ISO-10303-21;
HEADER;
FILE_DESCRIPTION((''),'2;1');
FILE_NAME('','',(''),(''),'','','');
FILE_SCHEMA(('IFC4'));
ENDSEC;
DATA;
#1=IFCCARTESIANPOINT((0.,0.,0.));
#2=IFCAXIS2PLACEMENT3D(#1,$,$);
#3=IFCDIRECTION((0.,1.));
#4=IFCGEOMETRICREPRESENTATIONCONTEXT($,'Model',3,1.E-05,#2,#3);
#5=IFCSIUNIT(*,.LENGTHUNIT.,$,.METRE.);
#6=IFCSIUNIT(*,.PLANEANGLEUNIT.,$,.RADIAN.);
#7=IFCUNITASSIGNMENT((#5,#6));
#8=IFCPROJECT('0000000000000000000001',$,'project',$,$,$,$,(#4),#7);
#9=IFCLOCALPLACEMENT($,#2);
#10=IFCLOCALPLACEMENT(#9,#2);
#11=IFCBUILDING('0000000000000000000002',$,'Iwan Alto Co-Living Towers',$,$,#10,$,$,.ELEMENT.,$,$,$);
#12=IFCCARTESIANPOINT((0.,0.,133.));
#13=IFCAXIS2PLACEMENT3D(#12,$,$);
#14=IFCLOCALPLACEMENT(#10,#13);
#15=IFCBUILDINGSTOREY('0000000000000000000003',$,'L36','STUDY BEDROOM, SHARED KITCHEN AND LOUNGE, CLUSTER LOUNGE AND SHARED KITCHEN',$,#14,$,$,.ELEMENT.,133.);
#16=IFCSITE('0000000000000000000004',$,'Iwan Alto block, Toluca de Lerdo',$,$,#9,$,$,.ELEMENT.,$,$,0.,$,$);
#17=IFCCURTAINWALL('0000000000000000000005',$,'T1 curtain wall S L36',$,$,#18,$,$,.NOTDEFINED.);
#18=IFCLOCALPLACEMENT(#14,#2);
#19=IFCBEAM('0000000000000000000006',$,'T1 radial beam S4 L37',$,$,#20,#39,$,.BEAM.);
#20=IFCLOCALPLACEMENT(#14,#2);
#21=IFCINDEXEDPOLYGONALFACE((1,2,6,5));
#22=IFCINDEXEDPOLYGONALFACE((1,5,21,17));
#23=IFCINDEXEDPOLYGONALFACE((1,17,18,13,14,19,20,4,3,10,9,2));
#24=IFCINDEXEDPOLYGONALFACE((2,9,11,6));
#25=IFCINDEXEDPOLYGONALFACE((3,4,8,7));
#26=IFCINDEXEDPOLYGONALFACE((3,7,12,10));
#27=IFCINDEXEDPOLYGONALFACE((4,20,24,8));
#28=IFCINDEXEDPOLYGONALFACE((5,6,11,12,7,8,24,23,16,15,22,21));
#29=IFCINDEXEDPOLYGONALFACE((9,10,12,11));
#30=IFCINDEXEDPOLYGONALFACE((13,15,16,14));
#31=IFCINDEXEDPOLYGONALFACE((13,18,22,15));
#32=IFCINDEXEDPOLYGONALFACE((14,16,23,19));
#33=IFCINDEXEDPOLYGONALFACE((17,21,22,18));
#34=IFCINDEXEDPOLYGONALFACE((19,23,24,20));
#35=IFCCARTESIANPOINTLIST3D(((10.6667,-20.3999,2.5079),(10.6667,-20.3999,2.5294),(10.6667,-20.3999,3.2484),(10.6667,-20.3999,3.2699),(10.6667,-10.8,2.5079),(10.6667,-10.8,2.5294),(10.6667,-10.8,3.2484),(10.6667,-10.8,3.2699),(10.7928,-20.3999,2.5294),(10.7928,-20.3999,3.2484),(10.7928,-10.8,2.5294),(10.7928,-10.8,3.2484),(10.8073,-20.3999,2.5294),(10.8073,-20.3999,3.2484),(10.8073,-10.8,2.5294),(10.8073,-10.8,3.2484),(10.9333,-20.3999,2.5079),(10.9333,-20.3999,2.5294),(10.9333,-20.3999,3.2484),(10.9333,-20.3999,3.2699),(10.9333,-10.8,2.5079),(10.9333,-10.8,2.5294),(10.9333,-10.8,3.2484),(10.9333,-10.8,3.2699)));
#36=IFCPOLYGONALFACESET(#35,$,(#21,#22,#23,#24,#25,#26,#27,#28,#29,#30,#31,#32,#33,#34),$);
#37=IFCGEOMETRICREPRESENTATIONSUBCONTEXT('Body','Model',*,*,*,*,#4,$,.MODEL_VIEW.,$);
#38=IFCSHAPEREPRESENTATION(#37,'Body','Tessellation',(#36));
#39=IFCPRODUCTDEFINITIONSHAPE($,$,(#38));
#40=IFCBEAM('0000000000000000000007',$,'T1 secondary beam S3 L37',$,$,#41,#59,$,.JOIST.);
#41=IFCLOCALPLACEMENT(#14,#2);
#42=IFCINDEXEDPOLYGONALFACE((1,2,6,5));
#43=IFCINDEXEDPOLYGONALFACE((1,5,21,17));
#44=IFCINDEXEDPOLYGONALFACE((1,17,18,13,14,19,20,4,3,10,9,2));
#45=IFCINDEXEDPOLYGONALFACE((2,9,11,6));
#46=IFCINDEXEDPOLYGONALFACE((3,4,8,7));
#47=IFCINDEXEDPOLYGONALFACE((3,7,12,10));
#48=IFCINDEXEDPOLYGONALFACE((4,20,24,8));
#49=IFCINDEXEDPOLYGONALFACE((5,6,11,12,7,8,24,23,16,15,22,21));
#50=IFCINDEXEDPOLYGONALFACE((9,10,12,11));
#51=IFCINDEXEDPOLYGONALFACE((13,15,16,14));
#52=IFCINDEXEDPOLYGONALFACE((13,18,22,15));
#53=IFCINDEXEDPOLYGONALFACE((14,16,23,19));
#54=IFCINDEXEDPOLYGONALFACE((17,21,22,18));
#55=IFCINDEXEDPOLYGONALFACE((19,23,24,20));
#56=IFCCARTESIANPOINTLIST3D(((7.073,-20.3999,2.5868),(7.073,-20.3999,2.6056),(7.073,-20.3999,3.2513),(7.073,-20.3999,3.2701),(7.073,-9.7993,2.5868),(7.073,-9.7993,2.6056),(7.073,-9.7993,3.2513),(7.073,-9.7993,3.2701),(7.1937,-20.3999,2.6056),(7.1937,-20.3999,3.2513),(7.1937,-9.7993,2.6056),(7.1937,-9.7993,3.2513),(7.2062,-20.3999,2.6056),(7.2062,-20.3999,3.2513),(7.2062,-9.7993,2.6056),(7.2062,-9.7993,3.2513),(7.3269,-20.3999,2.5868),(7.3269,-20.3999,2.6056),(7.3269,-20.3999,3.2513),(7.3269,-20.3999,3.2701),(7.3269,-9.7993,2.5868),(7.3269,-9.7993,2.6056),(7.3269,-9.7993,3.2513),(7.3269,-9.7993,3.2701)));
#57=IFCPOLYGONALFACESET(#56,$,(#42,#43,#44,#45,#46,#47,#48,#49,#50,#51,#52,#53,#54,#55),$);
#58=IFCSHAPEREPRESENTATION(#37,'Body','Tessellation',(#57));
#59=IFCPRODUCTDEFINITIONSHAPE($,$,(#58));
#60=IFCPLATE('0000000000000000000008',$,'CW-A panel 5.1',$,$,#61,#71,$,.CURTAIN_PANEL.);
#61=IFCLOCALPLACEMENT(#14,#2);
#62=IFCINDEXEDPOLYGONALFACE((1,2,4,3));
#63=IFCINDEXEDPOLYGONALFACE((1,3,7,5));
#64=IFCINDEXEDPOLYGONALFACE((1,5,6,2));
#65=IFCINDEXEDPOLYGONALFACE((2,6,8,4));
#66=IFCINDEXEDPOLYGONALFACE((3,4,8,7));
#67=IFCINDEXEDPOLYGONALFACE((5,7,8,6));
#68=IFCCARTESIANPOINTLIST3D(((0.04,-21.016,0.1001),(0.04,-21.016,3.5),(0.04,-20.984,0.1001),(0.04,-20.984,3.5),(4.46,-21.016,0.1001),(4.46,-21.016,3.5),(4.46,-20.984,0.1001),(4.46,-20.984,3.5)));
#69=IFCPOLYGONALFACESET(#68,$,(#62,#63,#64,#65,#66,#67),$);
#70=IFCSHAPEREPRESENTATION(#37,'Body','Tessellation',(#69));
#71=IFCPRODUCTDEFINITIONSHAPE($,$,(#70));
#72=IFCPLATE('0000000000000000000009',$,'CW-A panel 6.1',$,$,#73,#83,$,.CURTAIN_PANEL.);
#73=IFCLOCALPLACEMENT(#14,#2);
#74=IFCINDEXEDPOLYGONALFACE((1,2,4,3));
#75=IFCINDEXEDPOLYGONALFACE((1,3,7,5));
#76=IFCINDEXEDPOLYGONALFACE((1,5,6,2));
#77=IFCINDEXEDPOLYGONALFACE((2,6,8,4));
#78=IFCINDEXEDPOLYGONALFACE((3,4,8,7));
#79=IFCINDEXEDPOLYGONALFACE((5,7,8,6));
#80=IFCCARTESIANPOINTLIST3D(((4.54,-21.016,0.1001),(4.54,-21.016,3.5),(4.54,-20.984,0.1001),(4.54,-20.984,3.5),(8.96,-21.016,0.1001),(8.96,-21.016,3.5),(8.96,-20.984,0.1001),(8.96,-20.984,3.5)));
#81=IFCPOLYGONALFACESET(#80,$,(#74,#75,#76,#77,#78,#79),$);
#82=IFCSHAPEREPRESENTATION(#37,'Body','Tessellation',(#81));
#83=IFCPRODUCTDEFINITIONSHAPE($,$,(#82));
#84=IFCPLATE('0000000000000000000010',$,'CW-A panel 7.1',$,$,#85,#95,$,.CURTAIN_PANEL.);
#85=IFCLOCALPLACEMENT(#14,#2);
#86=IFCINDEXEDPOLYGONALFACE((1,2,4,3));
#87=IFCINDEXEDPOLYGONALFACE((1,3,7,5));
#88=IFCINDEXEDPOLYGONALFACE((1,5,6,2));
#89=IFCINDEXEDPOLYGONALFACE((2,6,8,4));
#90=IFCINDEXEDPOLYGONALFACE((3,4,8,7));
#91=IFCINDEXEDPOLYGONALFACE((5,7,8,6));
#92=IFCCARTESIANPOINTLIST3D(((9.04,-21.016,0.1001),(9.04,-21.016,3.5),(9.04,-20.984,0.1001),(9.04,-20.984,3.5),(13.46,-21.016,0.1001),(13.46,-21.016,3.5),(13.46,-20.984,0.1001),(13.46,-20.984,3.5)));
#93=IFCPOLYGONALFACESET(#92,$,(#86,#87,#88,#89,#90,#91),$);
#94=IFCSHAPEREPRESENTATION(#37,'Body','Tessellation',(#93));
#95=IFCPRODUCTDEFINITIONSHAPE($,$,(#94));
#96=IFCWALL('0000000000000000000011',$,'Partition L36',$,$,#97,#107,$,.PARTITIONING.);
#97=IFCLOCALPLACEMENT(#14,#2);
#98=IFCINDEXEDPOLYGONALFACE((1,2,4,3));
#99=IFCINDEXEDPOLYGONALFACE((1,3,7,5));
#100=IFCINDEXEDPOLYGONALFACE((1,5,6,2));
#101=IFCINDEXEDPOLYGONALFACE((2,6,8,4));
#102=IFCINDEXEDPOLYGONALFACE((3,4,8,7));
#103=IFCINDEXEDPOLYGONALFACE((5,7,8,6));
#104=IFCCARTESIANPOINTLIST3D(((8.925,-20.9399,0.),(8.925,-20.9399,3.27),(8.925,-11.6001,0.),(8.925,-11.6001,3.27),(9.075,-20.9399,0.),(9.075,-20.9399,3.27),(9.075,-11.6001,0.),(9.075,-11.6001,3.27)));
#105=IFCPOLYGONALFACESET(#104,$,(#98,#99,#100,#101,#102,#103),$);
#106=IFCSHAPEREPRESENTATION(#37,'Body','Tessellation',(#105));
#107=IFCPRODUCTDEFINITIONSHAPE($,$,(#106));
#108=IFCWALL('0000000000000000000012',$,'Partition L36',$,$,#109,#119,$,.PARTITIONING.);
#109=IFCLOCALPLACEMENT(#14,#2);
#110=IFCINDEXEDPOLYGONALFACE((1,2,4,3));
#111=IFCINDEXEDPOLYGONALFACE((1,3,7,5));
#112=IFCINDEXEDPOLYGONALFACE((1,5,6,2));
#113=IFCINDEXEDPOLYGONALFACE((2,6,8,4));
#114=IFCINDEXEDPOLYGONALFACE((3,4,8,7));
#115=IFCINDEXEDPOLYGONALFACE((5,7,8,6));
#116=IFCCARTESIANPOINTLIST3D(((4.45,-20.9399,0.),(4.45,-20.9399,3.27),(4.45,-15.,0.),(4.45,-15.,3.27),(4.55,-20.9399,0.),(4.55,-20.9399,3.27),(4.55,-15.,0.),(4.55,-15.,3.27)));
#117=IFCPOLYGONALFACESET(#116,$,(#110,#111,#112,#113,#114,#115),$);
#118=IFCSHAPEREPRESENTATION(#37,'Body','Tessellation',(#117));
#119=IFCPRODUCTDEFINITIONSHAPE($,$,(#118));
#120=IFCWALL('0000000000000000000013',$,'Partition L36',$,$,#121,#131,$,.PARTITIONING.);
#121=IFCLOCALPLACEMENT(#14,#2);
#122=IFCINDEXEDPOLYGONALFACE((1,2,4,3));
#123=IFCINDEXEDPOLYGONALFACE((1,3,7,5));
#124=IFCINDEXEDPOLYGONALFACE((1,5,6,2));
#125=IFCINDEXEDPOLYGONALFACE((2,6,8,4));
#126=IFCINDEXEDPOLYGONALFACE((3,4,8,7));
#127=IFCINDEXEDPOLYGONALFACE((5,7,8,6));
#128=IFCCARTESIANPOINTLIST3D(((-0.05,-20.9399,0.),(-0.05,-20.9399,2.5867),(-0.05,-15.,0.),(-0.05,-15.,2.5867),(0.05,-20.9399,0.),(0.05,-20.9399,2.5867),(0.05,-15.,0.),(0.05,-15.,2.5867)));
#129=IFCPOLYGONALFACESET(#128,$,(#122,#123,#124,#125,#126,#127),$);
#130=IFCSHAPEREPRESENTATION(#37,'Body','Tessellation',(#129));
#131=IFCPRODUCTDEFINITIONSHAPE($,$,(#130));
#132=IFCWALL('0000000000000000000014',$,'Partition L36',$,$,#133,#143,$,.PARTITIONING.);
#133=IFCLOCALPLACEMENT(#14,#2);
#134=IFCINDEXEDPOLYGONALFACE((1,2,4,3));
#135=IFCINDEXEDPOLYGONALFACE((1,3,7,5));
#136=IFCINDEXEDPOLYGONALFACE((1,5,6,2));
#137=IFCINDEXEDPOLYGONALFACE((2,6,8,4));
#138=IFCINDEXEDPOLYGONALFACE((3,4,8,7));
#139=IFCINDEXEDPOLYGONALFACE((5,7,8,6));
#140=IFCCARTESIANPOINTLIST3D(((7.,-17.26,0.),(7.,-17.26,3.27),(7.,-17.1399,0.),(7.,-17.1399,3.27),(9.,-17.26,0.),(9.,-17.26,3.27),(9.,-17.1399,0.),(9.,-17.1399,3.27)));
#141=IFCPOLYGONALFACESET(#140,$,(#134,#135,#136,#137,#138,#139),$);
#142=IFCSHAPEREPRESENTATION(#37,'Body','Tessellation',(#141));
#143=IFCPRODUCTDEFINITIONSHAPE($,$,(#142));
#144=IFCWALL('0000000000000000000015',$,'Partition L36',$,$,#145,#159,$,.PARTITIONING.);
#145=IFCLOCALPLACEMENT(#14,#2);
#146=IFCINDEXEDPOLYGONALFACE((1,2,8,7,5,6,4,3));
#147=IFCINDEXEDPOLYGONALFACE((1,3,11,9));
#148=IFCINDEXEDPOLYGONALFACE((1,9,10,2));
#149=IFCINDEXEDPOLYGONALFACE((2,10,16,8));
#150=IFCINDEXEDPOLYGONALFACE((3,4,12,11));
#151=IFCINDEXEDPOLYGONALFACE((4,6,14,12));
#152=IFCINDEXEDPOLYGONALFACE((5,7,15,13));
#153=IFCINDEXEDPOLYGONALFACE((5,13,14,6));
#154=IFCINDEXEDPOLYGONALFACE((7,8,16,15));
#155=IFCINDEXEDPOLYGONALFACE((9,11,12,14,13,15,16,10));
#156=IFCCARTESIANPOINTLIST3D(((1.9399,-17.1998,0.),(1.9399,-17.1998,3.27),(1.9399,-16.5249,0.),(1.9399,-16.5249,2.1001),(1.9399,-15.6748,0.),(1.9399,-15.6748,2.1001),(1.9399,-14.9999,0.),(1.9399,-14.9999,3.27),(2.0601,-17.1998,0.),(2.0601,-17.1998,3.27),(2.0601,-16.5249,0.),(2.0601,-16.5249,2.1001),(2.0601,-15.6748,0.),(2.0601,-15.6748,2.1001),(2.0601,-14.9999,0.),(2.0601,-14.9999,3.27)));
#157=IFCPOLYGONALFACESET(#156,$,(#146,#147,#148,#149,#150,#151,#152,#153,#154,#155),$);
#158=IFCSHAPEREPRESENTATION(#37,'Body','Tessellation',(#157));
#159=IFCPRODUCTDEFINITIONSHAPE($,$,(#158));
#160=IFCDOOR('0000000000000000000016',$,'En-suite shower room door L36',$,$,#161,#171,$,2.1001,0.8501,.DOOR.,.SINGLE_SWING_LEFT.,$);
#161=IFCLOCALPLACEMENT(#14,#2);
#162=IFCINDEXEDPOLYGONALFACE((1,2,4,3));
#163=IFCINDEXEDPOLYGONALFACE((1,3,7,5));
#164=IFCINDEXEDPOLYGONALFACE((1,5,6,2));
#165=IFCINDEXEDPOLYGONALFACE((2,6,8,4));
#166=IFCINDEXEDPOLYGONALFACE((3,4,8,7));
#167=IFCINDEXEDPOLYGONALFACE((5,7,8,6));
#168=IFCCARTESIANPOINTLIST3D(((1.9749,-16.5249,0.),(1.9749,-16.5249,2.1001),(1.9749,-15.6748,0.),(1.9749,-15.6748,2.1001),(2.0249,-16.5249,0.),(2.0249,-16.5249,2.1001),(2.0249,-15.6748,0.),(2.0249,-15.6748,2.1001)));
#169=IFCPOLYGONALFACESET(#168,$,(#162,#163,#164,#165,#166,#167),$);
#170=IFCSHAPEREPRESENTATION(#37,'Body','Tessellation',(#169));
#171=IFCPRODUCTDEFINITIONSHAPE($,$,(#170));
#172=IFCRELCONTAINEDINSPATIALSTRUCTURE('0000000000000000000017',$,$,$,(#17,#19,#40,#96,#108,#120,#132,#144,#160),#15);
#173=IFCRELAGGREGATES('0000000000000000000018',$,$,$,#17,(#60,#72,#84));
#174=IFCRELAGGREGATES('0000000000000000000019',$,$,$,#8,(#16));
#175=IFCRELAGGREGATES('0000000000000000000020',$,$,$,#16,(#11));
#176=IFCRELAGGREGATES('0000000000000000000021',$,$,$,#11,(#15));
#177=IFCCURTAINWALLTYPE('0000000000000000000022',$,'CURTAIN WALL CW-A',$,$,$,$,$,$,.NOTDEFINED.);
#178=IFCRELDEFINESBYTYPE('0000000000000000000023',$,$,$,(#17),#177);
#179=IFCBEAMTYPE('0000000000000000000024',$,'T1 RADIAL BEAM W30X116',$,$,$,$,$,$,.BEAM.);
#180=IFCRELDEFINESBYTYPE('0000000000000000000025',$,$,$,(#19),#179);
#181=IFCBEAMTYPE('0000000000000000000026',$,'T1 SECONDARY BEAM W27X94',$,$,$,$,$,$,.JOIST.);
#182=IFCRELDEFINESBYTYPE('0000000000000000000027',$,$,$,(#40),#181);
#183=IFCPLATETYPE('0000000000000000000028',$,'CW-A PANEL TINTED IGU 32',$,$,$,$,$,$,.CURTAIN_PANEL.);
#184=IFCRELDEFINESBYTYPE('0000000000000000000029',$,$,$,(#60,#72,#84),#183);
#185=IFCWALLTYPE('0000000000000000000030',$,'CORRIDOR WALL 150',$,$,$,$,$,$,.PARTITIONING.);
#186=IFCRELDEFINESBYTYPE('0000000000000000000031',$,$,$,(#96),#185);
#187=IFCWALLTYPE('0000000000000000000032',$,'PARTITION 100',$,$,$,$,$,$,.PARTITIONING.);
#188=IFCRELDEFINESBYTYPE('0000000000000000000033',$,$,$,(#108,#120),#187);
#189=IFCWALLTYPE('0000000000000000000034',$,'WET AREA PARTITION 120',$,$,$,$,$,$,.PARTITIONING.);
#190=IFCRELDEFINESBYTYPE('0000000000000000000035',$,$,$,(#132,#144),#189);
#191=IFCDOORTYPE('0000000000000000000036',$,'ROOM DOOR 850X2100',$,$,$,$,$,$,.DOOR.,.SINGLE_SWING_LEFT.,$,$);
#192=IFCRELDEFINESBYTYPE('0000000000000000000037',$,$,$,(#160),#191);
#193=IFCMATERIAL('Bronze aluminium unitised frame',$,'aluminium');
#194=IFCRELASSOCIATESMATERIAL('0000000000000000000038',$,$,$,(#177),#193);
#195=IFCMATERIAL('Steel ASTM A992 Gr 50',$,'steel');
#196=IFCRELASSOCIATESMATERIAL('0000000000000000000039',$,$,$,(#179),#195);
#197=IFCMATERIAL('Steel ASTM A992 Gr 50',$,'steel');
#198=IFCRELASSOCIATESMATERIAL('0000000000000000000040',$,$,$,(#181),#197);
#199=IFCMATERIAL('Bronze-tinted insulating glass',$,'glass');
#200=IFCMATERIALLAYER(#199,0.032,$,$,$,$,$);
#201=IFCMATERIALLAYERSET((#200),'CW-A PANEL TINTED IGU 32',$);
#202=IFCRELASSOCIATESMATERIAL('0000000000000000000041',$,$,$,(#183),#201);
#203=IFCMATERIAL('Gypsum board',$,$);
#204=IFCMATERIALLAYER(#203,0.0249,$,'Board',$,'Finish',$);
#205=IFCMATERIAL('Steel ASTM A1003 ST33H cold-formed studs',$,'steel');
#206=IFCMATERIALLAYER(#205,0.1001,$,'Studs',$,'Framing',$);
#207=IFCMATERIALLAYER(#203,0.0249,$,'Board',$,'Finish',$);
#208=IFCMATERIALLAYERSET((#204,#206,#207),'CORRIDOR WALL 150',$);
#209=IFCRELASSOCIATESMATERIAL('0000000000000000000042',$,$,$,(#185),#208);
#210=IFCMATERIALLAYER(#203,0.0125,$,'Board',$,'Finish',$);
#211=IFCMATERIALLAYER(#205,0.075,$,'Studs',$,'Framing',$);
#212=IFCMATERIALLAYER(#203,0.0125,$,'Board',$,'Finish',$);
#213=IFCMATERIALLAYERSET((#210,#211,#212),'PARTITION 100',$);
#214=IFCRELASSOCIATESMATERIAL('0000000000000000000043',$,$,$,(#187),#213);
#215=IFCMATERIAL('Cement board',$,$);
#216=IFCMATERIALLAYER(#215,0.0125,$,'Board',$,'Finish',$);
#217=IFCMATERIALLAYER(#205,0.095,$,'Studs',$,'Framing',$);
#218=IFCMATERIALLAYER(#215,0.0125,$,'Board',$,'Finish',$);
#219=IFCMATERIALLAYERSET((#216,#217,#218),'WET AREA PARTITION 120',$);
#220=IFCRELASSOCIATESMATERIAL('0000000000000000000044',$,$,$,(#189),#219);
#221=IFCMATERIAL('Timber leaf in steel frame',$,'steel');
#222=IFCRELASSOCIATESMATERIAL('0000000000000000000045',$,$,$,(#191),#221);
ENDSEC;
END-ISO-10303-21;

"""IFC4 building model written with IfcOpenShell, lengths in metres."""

from ifc_helpers import new_model, si_unit, direction, frame, frame_2d, origin, origin_2d, place, context, subcontext, project, spatial, rectangle, i_section, extrude, material, layer, layer_set, material_profile, profile_set, type_object, element, fill, aggregate, save


model = new_model("IFC4")

# Units and contexts
model_context = context("Model", 3, precision=1e-05, world=origin(), true_north=direction((0.0, 1.0)))
body_context = subcontext(model_context, "Body", "Model", "MODEL_VIEW")
ifc_project = project(units=[si_unit("LENGTHUNIT", "METRE"), si_unit("PLANEANGLEUNIT", "RADIAN")], contexts=[model_context])

# Site, building, storey
site_placement = place(None, origin())
site = spatial("IfcSite", under=ifc_project, at=site_placement, Name="Iwan Alto block, Toluca de Lerdo", CompositionType="ELEMENT", RefElevation=0.0)
building_placement = place(site_placement, origin())
building = spatial("IfcBuilding", under=site, at=building_placement, Name="Iwan Alto Co-Living Towers", CompositionType="ELEMENT")
storey_placement = place(building_placement, frame((0.0, 0.0, 133.0)))
storey = spatial("IfcBuildingStorey", under=building, at=storey_placement, Name="L36", Description="STUDY BEDROOM, SHARED KITCHEN AND LOUNGE, CLUSTER LOUNGE AND SHARED KITCHEN", CompositionType="ELEMENT", Elevation=133.0)

# Curtain wall
ifc_material_1 = material(Name="Bronze aluminium unitised frame", Category="aluminium")
curtain_wall_type = type_object("IfcCurtainWallType", Name="CURTAIN WALL CW-A", PredefinedType="NOTDEFINED", material=ifc_material_1)
curtain_wall_placement = place(storey_placement, origin())
curtain_wall = element("IfcCurtainWall", 1, at=curtain_wall_placement, inside=storey, type_object=curtain_wall_type, Name="T1 curtain wall S L36", PredefinedType="NOTDEFINED")

# Beams
ifc_material_2 = material(Name="Steel ASTM A992 Gr 50", Category="steel")
ifc_material_profile_1 = material_profile(ifc_material_2, i_section(OverallWidth=0.2666, OverallDepth=0.762, WebThickness=0.0144, FlangeThickness=0.0215, at=origin_2d()), Name="W30X116")
ifc_profile_set_1 = profile_set([ifc_material_profile_1], Name="Steel ASTM A992 Gr 50")
beam_type_1 = type_object("IfcBeamType", Name="T1 RADIAL BEAM W30X116", PredefinedType="BEAM", material=ifc_profile_set_1)
beam_1_placement = place(storey_placement, frame((10.8, -20.3999, 2.8889), z_axis=(0.0, 1.0, 0.0), x_axis=(-1.0, 0.0, 0.0)))
element("IfcBeam", 2, at=beam_1_placement, inside=storey, type_object=beam_type_1, Name="T1 radial beam S4 L37", PredefinedType="BEAM", context=body_context, shape_type="SweptSolid", body=[
    extrude(i_section(OverallWidth=0.2666, OverallDepth=0.762, WebThickness=0.0144, FlangeThickness=0.0215, at=origin_2d()), origin(), (0.0, 0.0, 1.0), 9.5999),
])
ifc_material_3 = material(Name="Steel ASTM A992 Gr 50", Category="steel")
ifc_material_profile_2 = material_profile(ifc_material_3, i_section(OverallWidth=0.2539, OverallDepth=0.6833, WebThickness=0.0125, FlangeThickness=0.0188, at=origin_2d()), Name="W27X94")
ifc_profile_set_2 = profile_set([ifc_material_profile_2], Name="Steel ASTM A992 Gr 50")
beam_type_2 = type_object("IfcBeamType", Name="T1 SECONDARY BEAM W27X94", PredefinedType="JOIST", material=ifc_profile_set_2)
beam_2_placement = place(storey_placement, frame((7.2, -20.3999, 2.9285), z_axis=(0.0, 1.0, 0.0), x_axis=(-1.0, 0.0, 0.0)))
element("IfcBeam", 3, at=beam_2_placement, inside=storey, type_object=beam_type_2, Name="T1 secondary beam S3 L37", PredefinedType="JOIST", context=body_context, shape_type="SweptSolid", body=[
    extrude(i_section(OverallWidth=0.2539, OverallDepth=0.6833, WebThickness=0.0125, FlangeThickness=0.0188, at=origin_2d()), origin(), (0.0, 0.0, 1.0), 10.6006),
])

# Plates
ifc_material_4 = material(Name="Bronze-tinted insulating glass", Category="glass")
ifc_layer_1 = layer(ifc_material_4, 0.032)
ifc_layer_set_1 = layer_set([ifc_layer_1], Name="CW-A PANEL TINTED IGU 32")
plate_type = type_object("IfcPlateType", Name="CW-A PANEL TINTED IGU 32", PredefinedType="CURTAIN_PANEL", material=ifc_layer_set_1)
plate_1_placement = place(storey_placement, frame((2.25, -21.0, 0.1001), z_axis=(0.0, 0.0, 1.0), x_axis=(1.0, 0.0, 0.0)))
plate_1 = element("IfcPlate", 4, at=plate_1_placement, type_object=plate_type, Name="CW-A panel 5.1", PredefinedType="CURTAIN_PANEL", context=body_context, shape_type="SweptSolid", body=[
    extrude(rectangle(XDim=4.4199, YDim=0.032, at=origin_2d()), origin(), (0.0, 0.0, 1.0), 3.3999),
])
plate_2_placement = place(storey_placement, frame((6.75, -21.0, 0.1001), z_axis=(0.0, 0.0, 1.0), x_axis=(1.0, 0.0, 0.0)))
plate_2 = element("IfcPlate", 5, at=plate_2_placement, type_object=plate_type, Name="CW-A panel 6.1", PredefinedType="CURTAIN_PANEL", context=body_context, shape_type="SweptSolid", body=[
    extrude(rectangle(XDim=4.4199, YDim=0.032, at=origin_2d()), origin(), (0.0, 0.0, 1.0), 3.3999),
])
plate_3_placement = place(storey_placement, frame((11.25, -21.0, 0.1001), z_axis=(0.0, 0.0, 1.0), x_axis=(1.0, 0.0, 0.0)))
plate_3 = element("IfcPlate", 6, at=plate_3_placement, type_object=plate_type, Name="CW-A panel 7.1", PredefinedType="CURTAIN_PANEL", context=body_context, shape_type="SweptSolid", body=[
    extrude(rectangle(XDim=4.4199, YDim=0.032, at=origin_2d()), origin(), (0.0, 0.0, 1.0), 3.3999),
])
aggregate(curtain_wall, [plate_1, plate_2, plate_3])

# Walls
ifc_material_5 = material(Name="Gypsum board")
ifc_layer_2 = layer(ifc_material_5, 0.0249, Name="Board", Category="Finish")
ifc_material_6 = material(Name="Steel ASTM A1003 ST33H cold-formed studs", Category="steel")
ifc_layer_3 = layer(ifc_material_6, 0.1001, Name="Studs", Category="Framing")
ifc_layer_4 = layer(ifc_material_5, 0.0249, Name="Board", Category="Finish")
ifc_layer_set_2 = layer_set([ifc_layer_2, ifc_layer_3, ifc_layer_4], Name="CORRIDOR WALL 150")
wall_type_1 = type_object("IfcWallType", Name="CORRIDOR WALL 150", PredefinedType="PARTITIONING", material=ifc_layer_set_2)
wall_1_placement = place(storey_placement, frame((9.0, -20.9399, 0.0), z_axis=(0.0, 0.0, 1.0), x_axis=(0.0, 1.0, 0.0)))
element("IfcWall", 7, at=wall_1_placement, inside=storey, type_object=wall_type_1, Name="Partition L36", PredefinedType="PARTITIONING", context=body_context, shape_type="SweptSolid", body=[
    extrude(rectangle(XDim=9.3398, YDim=0.1499, at=frame_2d((4.6699, 0.0))), origin(), (0.0, 0.0, 1.0), 3.27),
])
ifc_layer_5 = layer(ifc_material_5, 0.0125, Name="Board", Category="Finish")
ifc_layer_6 = layer(ifc_material_6, 0.075, Name="Studs", Category="Framing")
ifc_layer_7 = layer(ifc_material_5, 0.0125, Name="Board", Category="Finish")
ifc_layer_set_3 = layer_set([ifc_layer_5, ifc_layer_6, ifc_layer_7], Name="PARTITION 100")
wall_type_2 = type_object("IfcWallType", Name="PARTITION 100", PredefinedType="PARTITIONING", material=ifc_layer_set_3)
wall_2_placement = place(storey_placement, frame((4.5, -20.9399, 0.0), z_axis=(0.0, 0.0, 1.0), x_axis=(0.0, 1.0, 0.0)))
element("IfcWall", 8, at=wall_2_placement, inside=storey, type_object=wall_type_2, Name="Partition L36", PredefinedType="PARTITIONING", context=body_context, shape_type="SweptSolid", body=[
    extrude(rectangle(XDim=5.9399, YDim=0.1001, at=frame_2d((2.97, 0.0))), origin(), (0.0, 0.0, 1.0), 3.27),
])
wall_3_placement = place(storey_placement, frame((0.0, -20.9399, 0.0), z_axis=(0.0, 0.0, 1.0), x_axis=(0.0, 1.0, 0.0)))
element("IfcWall", 9, at=wall_3_placement, inside=storey, type_object=wall_type_2, Name="Partition L36", PredefinedType="PARTITIONING", context=body_context, shape_type="SweptSolid", body=[
    extrude(rectangle(XDim=5.9399, YDim=0.1001, at=frame_2d((2.97, 0.0))), origin(), (0.0, 0.0, 1.0), 2.5867),
])
ifc_material_7 = material(Name="Cement board")
ifc_layer_8 = layer(ifc_material_7, 0.0125, Name="Board", Category="Finish")
ifc_layer_9 = layer(ifc_material_6, 0.095, Name="Studs", Category="Framing")
ifc_layer_10 = layer(ifc_material_7, 0.0125, Name="Board", Category="Finish")
ifc_layer_set_4 = layer_set([ifc_layer_8, ifc_layer_9, ifc_layer_10], Name="WET AREA PARTITION 120")
wall_type_3 = type_object("IfcWallType", Name="WET AREA PARTITION 120", PredefinedType="PARTITIONING", material=ifc_layer_set_4)
wall_4_placement = place(storey_placement, frame((7.0, -17.2, 0.0), z_axis=(0.0, 0.0, 1.0), x_axis=(1.0, 0.0, 0.0)))
element("IfcWall", 10, at=wall_4_placement, inside=storey, type_object=wall_type_3, Name="Partition L36", PredefinedType="PARTITIONING", context=body_context, shape_type="SweptSolid", body=[
    extrude(rectangle(XDim=2.0, YDim=0.1201, at=frame_2d((1.0, 0.0))), origin(), (0.0, 0.0, 1.0), 3.27),
])

# Wall, opening, door
wall_5_placement = place(storey_placement, frame((2.0, -17.2, 0.0), z_axis=(0.0, 0.0, 1.0), x_axis=(0.0, 1.0, 0.0)))
wall_5 = element("IfcWall", 11, at=wall_5_placement, inside=storey, type_object=wall_type_3, Name="Partition L36", PredefinedType="PARTITIONING", context=body_context, shape_type="SweptSolid", body=[
    extrude(rectangle(XDim=2.2, YDim=0.1201, at=frame_2d((1.1001, 0.0))), origin(), (0.0, 0.0, 1.0), 3.27),
])
opening_placement = place(wall_5_placement, frame((0.675, 0.0, 0.0)))
opening = element("IfcOpeningElement", 12, at=opening_placement, cuts=wall_5, PredefinedType="OPENING", context=body_context, shape_type="SweptSolid", body=[
    extrude(rectangle(XDim=0.8501, YDim=2.1001, at=frame_2d((0.425, 1.05))), frame((0.0, 0.0701, 0.0), z_axis=(0.0, -1.0, 0.0), x_axis=(1.0, 0.0, 0.0)), (0.0, 0.0, 1.0), 0.1401),
])
ifc_material_8 = material(Name="Timber leaf in steel frame", Category="steel")
door_type = type_object("IfcDoorType", Name="ROOM DOOR 850X2100", OperationType="SINGLE_SWING_LEFT", PredefinedType="DOOR", material=ifc_material_8)
door_placement = place(opening_placement, frame((0.8501, 0.0, 0.0), z_axis=(0.0, 0.0, 1.0), x_axis=(-1.0, 0.0, 0.0)))
door = element("IfcDoor", 13, at=door_placement, inside=storey, type_object=door_type, Name="En-suite shower room door L36", OperationType="SINGLE_SWING_LEFT", OverallHeight=2.1001, OverallWidth=0.8501, PredefinedType="DOOR", context=body_context, shape_type="SweptSolid", body=[
    extrude(rectangle(XDim=0.8501, YDim=2.1001, at=frame_2d((0.425, 1.05))), frame((0.0, 0.0249, 0.0), z_axis=(0.0, -1.0, 0.0), x_axis=(1.0, 0.0, 0.0)), (0.0, 0.0, 1.0), 0.05),
])
fill(opening, door)

save(model, "model.ifc")
